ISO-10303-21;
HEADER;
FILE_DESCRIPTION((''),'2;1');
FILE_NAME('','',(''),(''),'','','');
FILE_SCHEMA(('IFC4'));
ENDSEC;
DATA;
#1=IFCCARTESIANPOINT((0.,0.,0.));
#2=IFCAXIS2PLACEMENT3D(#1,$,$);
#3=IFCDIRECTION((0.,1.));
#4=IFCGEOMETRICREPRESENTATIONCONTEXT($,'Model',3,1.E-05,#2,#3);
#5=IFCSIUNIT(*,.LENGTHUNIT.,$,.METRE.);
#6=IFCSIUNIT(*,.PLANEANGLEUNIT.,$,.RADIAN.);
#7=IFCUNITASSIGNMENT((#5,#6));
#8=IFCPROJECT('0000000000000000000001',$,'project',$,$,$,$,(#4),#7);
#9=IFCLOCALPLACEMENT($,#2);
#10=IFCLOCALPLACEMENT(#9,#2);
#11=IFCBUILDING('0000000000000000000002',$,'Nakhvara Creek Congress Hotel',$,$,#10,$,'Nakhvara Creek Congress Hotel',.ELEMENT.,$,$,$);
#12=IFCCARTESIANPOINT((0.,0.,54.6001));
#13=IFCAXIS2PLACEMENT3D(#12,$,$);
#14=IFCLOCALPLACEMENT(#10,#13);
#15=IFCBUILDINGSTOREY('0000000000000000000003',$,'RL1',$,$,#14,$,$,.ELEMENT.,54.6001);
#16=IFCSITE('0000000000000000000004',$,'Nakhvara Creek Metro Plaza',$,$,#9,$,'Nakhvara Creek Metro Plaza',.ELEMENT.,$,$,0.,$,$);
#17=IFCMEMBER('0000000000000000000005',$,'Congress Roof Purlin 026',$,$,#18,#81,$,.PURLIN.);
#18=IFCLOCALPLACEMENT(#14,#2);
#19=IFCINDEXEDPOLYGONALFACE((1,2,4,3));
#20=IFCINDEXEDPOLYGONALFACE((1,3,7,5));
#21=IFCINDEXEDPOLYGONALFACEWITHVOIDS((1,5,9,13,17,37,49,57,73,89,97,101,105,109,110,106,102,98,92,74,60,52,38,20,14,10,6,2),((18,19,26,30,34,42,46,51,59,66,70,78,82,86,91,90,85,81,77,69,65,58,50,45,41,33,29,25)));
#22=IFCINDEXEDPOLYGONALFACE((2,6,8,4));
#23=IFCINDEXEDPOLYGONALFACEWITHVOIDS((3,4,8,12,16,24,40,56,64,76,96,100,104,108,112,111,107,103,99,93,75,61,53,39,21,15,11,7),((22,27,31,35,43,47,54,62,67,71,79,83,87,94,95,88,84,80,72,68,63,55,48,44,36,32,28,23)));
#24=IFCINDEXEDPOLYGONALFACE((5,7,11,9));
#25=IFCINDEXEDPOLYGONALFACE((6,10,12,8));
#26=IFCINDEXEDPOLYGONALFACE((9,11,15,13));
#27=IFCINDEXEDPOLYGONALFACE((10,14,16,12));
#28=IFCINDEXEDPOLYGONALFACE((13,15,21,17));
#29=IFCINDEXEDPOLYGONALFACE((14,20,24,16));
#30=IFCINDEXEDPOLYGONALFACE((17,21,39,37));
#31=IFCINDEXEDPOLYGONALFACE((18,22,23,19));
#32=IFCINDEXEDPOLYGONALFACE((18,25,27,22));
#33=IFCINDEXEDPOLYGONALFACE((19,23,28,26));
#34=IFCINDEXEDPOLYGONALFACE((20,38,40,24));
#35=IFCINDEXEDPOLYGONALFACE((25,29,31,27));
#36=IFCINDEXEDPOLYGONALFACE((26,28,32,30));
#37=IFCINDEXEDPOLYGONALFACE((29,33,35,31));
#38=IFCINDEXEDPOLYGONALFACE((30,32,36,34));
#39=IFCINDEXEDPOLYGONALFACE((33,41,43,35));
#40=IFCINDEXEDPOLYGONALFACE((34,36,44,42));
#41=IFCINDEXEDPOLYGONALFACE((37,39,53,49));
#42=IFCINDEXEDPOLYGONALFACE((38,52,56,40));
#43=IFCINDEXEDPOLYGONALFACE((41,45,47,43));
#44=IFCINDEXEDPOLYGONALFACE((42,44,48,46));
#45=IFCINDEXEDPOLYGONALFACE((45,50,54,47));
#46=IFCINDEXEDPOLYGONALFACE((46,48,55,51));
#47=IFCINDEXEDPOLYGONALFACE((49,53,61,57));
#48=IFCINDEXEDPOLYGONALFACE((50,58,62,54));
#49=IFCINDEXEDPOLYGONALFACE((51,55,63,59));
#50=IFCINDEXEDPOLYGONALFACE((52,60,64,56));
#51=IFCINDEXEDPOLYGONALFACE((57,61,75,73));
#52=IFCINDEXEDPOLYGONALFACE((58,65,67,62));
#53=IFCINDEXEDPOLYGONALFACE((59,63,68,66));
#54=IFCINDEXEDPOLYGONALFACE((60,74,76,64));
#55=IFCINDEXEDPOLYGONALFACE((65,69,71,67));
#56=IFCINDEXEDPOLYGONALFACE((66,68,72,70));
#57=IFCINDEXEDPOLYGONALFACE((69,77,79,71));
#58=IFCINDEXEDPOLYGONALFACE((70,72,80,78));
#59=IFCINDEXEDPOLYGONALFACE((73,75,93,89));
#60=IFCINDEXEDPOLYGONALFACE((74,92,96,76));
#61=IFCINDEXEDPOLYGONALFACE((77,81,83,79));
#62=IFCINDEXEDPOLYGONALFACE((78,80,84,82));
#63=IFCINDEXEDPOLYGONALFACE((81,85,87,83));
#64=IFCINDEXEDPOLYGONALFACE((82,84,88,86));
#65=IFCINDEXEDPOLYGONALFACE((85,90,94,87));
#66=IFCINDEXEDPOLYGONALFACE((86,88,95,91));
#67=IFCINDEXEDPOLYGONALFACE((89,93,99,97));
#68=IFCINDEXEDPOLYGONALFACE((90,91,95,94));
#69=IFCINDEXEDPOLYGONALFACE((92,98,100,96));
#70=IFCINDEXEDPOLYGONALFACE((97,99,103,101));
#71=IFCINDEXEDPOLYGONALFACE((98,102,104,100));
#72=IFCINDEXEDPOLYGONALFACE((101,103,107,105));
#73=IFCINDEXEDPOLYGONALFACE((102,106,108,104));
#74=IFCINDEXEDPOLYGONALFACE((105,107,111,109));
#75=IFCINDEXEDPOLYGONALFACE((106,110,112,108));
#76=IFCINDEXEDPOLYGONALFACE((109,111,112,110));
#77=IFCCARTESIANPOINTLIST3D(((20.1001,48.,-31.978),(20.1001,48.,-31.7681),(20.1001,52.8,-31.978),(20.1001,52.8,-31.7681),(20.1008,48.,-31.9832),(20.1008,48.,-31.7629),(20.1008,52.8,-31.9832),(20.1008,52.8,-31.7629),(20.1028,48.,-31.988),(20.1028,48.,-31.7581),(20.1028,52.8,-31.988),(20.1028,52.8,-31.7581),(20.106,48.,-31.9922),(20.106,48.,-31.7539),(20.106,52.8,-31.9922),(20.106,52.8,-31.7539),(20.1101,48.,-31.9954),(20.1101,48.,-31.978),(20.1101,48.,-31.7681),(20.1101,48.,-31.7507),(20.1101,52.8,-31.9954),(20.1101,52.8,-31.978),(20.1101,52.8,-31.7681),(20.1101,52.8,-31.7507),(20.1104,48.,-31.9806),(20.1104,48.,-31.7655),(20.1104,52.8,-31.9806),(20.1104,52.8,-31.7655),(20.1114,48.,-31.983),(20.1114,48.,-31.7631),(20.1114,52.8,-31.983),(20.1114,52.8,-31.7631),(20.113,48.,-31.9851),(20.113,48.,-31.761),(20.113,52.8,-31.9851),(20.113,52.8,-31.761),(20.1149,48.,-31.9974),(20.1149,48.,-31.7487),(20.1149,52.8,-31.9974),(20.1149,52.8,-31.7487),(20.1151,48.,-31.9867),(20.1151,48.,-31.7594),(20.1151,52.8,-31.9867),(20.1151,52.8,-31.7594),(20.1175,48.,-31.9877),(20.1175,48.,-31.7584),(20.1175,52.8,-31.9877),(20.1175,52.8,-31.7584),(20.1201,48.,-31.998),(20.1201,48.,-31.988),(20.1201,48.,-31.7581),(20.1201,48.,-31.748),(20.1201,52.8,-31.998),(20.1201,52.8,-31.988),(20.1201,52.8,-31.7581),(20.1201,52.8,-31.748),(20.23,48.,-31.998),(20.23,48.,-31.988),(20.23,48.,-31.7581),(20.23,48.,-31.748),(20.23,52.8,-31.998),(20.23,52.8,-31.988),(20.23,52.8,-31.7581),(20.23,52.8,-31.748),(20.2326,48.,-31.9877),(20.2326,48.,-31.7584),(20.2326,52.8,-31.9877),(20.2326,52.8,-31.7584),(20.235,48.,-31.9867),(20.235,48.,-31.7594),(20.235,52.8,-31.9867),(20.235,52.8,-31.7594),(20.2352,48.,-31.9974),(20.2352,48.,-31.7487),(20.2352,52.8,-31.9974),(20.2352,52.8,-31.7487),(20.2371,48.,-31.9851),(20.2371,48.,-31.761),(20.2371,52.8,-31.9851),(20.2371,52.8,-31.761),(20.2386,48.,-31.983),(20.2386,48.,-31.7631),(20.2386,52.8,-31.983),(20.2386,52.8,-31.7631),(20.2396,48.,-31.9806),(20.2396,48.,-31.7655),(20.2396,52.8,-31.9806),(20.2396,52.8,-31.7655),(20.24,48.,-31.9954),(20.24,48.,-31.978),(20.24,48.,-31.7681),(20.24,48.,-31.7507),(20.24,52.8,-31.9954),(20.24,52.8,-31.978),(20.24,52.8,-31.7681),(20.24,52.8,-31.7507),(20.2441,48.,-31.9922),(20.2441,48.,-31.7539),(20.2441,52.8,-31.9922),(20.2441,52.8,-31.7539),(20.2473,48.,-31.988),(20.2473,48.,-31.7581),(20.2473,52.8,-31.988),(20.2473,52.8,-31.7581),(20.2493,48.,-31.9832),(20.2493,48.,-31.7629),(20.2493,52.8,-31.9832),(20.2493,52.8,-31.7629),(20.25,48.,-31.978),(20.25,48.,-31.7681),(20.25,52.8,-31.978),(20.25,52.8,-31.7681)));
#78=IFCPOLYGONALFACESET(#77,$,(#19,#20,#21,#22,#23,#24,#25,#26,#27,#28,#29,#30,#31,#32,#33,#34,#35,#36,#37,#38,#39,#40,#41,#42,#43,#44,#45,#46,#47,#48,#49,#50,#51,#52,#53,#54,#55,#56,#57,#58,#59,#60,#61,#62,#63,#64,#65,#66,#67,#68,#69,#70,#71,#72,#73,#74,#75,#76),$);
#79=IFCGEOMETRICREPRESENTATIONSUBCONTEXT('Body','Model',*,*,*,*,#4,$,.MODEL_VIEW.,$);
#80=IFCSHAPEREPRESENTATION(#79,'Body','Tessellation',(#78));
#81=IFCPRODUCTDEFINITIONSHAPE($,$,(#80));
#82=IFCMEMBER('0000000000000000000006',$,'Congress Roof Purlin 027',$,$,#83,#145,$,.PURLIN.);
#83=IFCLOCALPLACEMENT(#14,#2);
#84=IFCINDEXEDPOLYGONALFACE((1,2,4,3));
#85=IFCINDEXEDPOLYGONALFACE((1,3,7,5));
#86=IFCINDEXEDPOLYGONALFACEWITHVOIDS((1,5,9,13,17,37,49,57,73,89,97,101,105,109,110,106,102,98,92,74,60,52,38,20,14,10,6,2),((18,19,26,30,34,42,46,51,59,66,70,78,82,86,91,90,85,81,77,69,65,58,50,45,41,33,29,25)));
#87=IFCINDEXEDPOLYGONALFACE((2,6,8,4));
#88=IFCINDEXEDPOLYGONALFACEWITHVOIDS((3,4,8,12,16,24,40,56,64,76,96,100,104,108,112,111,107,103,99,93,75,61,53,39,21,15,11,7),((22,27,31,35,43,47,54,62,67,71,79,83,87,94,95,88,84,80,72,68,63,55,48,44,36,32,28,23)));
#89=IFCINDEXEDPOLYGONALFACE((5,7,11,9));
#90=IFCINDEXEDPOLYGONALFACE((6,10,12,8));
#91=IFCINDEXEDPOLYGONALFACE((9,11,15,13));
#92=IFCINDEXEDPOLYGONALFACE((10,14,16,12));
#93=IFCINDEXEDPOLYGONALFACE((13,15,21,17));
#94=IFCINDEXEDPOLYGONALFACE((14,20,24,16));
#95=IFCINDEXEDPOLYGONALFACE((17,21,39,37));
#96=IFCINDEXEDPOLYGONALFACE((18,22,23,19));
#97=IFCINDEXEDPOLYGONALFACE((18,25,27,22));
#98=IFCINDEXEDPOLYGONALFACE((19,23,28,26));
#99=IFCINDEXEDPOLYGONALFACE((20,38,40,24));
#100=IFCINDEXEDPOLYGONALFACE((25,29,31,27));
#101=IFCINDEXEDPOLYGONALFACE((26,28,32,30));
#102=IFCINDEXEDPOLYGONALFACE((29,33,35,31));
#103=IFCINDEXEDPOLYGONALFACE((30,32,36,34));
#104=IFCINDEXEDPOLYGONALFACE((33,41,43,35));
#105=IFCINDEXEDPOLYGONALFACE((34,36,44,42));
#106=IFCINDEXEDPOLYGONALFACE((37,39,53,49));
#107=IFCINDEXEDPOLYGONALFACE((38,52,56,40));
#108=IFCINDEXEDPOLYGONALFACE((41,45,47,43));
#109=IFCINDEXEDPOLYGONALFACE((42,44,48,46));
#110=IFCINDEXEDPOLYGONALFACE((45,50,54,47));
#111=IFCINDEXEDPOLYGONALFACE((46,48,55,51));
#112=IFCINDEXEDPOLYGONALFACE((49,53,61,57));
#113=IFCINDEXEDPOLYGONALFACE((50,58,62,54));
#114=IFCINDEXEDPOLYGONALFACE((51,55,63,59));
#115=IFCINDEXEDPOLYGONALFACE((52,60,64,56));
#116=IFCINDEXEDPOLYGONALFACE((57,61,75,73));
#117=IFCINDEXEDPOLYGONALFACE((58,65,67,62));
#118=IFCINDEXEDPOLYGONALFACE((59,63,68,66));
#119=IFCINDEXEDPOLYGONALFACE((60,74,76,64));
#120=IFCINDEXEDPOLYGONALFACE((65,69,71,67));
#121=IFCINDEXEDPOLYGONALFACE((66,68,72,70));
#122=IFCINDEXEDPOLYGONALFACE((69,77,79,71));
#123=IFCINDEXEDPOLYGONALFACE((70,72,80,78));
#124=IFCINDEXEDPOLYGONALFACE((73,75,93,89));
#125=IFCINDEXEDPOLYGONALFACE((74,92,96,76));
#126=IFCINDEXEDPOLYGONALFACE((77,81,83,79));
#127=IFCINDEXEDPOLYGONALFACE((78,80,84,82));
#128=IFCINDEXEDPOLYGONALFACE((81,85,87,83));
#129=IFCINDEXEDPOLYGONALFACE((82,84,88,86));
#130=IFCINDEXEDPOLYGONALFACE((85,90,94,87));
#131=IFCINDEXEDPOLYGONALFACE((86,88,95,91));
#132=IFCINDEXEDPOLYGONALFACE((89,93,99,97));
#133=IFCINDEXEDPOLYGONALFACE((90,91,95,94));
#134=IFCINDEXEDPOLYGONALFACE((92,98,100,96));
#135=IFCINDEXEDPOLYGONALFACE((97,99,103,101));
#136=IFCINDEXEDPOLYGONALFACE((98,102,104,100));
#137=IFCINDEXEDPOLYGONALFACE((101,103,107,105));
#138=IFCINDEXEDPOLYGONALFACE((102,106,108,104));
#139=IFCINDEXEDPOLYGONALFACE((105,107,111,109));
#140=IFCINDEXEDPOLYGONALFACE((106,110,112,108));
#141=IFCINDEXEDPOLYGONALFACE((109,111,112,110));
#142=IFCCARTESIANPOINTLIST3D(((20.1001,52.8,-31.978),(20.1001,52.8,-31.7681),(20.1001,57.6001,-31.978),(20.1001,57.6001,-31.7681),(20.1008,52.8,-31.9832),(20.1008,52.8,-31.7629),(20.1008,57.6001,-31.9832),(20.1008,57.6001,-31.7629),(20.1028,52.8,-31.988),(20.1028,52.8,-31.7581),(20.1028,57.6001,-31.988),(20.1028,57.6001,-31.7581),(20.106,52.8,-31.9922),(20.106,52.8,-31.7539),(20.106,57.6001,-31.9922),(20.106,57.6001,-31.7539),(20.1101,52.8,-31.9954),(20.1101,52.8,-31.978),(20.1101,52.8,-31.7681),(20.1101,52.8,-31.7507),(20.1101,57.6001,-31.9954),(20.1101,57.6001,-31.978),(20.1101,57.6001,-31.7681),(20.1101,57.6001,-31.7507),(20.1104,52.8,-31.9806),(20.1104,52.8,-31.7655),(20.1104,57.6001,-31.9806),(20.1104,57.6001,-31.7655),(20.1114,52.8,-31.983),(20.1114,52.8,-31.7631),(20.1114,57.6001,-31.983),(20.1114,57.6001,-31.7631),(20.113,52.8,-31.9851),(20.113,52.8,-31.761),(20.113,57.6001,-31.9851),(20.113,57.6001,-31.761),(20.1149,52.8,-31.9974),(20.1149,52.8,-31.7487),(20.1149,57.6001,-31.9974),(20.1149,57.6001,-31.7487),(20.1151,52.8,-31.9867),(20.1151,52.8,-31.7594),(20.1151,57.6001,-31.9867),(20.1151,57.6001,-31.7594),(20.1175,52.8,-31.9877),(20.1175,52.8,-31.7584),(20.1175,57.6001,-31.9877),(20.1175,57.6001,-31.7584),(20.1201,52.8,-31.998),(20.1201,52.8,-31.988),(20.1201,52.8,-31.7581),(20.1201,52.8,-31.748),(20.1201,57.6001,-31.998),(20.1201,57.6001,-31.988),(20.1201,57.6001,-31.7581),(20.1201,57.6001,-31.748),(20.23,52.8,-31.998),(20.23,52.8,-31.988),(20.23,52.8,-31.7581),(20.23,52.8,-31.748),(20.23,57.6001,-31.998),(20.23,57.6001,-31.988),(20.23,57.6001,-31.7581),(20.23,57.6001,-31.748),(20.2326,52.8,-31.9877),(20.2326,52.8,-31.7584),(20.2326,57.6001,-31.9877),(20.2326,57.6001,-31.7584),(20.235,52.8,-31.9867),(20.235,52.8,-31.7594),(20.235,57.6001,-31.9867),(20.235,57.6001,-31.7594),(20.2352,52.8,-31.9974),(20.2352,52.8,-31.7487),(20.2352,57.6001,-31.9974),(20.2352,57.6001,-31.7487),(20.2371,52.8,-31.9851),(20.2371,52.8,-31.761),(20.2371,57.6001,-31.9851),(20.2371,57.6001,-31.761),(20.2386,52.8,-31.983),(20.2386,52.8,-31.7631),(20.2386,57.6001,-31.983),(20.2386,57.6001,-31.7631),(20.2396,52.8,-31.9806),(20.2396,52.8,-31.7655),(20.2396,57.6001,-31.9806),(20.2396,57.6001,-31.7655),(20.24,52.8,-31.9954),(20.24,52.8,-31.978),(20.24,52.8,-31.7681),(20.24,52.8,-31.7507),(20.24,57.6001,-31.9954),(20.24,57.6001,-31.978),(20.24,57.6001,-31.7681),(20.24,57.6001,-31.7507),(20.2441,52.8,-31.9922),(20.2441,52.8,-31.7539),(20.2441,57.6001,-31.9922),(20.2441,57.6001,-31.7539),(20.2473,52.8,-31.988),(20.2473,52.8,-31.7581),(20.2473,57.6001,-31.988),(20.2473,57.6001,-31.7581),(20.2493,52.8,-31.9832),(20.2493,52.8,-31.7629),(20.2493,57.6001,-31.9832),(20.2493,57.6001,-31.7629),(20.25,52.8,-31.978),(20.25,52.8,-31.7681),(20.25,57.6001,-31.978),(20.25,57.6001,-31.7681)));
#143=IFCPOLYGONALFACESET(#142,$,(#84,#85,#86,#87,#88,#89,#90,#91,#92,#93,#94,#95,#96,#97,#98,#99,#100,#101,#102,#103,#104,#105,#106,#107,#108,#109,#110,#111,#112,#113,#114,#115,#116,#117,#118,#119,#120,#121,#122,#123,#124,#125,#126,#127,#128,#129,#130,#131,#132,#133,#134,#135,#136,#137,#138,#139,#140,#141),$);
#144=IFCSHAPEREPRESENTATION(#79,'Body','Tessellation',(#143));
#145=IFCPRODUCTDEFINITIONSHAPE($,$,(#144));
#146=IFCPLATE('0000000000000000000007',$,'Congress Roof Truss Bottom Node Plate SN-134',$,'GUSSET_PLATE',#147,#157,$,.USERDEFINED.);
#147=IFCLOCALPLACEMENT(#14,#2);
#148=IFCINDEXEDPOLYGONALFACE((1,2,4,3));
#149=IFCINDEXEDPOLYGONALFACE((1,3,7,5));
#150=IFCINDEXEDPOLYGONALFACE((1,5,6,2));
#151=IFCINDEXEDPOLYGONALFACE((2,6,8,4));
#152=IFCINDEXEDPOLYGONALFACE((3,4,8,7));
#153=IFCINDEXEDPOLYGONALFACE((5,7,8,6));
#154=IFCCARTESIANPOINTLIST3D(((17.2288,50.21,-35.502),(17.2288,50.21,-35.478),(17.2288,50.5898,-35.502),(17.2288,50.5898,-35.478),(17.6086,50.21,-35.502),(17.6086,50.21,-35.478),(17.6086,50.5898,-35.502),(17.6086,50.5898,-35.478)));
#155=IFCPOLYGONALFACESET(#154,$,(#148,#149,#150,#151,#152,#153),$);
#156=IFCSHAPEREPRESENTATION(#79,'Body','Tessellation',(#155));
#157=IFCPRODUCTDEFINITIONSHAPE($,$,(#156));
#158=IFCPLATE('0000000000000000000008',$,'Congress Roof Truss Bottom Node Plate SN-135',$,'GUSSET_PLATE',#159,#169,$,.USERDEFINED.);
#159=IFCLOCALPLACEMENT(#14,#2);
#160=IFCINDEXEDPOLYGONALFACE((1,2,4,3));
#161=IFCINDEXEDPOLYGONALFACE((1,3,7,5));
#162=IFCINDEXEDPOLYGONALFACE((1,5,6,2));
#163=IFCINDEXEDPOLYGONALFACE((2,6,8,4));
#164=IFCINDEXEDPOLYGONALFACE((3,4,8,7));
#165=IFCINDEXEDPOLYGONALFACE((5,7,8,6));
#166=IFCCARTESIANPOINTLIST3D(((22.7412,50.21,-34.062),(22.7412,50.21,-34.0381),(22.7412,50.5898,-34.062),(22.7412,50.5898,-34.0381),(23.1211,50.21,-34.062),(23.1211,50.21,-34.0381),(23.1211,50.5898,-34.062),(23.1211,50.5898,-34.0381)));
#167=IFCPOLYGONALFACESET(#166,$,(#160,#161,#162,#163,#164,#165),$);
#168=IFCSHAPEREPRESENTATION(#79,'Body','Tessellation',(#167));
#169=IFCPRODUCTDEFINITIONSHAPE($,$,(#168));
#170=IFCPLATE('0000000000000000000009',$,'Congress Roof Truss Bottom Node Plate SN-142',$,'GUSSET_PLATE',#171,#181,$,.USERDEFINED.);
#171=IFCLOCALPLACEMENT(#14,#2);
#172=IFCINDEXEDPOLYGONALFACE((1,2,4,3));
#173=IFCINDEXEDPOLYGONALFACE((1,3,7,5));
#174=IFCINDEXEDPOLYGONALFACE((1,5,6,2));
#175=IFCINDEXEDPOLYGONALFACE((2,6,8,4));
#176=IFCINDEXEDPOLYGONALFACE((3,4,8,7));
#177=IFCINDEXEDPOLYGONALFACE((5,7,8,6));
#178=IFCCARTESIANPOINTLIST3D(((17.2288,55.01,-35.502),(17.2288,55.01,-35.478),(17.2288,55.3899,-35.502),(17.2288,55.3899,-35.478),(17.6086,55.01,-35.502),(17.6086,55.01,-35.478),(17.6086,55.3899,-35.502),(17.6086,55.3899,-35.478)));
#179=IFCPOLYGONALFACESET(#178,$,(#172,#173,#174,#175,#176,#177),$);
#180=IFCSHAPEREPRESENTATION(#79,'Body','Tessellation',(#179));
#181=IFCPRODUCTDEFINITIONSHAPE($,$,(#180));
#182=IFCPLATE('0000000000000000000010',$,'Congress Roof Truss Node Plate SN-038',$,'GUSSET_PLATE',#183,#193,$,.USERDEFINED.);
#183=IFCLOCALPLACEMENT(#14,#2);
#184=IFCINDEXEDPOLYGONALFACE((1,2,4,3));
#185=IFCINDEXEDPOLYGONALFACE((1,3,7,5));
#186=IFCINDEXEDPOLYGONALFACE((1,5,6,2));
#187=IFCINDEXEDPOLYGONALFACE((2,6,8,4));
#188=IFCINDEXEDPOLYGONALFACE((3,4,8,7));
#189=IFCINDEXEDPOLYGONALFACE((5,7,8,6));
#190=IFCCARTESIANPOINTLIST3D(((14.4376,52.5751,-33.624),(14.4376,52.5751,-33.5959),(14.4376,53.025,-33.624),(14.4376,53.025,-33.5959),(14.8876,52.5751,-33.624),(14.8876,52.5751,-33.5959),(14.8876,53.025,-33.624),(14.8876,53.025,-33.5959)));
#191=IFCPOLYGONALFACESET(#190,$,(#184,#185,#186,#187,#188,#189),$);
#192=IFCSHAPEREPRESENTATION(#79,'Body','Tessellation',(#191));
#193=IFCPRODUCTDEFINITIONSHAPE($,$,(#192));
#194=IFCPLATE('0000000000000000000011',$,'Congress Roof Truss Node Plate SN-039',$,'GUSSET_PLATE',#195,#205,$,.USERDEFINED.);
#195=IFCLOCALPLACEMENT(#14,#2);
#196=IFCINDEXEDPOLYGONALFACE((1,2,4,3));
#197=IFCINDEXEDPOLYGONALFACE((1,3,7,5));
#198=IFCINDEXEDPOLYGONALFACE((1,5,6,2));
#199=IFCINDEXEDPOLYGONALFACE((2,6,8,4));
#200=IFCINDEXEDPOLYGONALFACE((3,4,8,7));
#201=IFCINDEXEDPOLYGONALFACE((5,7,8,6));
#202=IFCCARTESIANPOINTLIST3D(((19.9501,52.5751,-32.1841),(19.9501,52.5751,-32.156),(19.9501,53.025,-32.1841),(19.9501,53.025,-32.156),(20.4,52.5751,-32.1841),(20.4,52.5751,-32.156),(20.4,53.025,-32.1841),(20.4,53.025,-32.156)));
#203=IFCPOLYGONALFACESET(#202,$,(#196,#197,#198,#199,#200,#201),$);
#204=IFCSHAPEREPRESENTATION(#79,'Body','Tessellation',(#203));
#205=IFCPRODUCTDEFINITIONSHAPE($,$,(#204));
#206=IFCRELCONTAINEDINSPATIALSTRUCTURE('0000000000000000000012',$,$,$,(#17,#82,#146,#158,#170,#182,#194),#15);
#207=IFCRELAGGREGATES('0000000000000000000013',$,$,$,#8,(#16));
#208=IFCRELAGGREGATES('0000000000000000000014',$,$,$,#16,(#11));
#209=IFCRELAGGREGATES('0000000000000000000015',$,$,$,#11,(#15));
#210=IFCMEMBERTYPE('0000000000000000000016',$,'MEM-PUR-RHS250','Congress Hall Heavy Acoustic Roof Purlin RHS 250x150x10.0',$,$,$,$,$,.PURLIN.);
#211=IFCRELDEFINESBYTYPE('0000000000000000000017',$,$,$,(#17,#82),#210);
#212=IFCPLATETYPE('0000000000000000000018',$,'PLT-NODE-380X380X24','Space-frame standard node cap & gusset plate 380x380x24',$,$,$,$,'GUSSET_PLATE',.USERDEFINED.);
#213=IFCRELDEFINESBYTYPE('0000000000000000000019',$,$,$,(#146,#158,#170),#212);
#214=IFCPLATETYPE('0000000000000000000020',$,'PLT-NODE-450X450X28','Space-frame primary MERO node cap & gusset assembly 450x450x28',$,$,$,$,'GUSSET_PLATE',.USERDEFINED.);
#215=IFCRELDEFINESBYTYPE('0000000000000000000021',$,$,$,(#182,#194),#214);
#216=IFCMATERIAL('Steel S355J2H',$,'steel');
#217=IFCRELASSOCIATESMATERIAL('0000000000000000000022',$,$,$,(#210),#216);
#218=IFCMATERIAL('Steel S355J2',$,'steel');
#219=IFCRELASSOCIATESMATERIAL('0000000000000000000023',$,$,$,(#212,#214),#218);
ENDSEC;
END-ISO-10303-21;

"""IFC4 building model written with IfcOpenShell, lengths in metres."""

from ifc_helpers import new_model, si_unit, direction, frame, origin, origin_2d, place, context, subcontext, project, spatial, rectangle, hollow_rectangle, extrude, material, material_profile, profile_set, type_object, element, save


model = new_model("IFC4")

# Units and contexts
model_context = context("Model", 3, precision=1e-05, world=origin(), true_north=direction((0.0, 1.0)))
body_context = subcontext(model_context, "Body", "Model", "MODEL_VIEW")
ifc_project = project(units=[si_unit("LENGTHUNIT", "METRE"), si_unit("PLANEANGLEUNIT", "RADIAN")], contexts=[model_context])

# Site, building, storey
site_placement = place(None, origin())
site = spatial("IfcSite", under=ifc_project, at=site_placement, Name="Nakhvara Creek Metro Plaza", LongName="Nakhvara Creek Metro Plaza", CompositionType="ELEMENT", RefElevation=0.0)
building_placement = place(site_placement, origin())
building = spatial("IfcBuilding", under=site, at=building_placement, Name="Nakhvara Creek Congress Hotel", LongName="Nakhvara Creek Congress Hotel", CompositionType="ELEMENT")
storey_placement = place(building_placement, frame((0.0, 0.0, 54.6001)))
storey = spatial("IfcBuildingStorey", under=building, at=storey_placement, Name="RL1", CompositionType="ELEMENT", Elevation=54.6001)

# Members
ifc_material_1 = material(Name="Steel S355J2H", Category="steel")
ifc_material_profile_1 = material_profile(ifc_material_1, hollow_rectangle(XDim=0.1499, YDim=0.25, WallThickness=0.01, InnerFilletRadius=0.01, OuterFilletRadius=0.02, at=origin_2d()), Name="RHS 250x150x10.0", Category="LoadBearing")
ifc_profile_set_1 = profile_set([ifc_material_profile_1], Name="Steel S355J2H")
member_type_1 = type_object("IfcMemberType", Name="MEM-PUR-RHS250", Description="Congress Hall Heavy Acoustic Roof Purlin RHS 250x150x10.0", PredefinedType="PURLIN", material=ifc_profile_set_1)
for number, where, z_axis, x_axis, name in (
    (1, (20.175, 48.0, -31.873), (0.0, 1.0, 0.0), (-1.0, 0.0, 0.0), "Congress Roof Purlin 026"),
    (2, (20.175, 52.8, -31.873), (0.0, 1.0, 0.0), (-1.0, 0.0, 0.0), "Congress Roof Purlin 027"),
):
    element("IfcMember", number, at=place(storey_placement, frame(where, z_axis=z_axis, x_axis=x_axis)), inside=storey, type_object=member_type_1, Name=name, PredefinedType="PURLIN", context=body_context, shape_type="SweptSolid", body=[
        extrude(hollow_rectangle(XDim=0.1499, YDim=0.25, WallThickness=0.01, InnerFilletRadius=0.01, OuterFilletRadius=0.02, at=origin_2d()), origin(), (0.0, 0.0, 1.0), 4.8),
    ])

# Plates
ifc_material_2 = material(Name="Steel S355J2", Category="steel")
plate_type_1 = type_object("IfcPlateType", Name="PLT-NODE-380X380X24", Description="Space-frame standard node cap & gusset plate 380x380x24", ElementType="GUSSET_PLATE", PredefinedType="USERDEFINED", material=ifc_material_2)
for number, where, z_axis, x_axis, name in (
    (3, (17.4187, 50.3999, -35.502), (0.0, 0.0, 1.0), (1.0, 0.0, 0.0), "Congress Roof Truss Bottom Node Plate SN-134"),
    (4, (22.9312, 50.3999, -34.062), (0.0, 0.0, 1.0), (1.0, 0.0, 0.0), "Congress Roof Truss Bottom Node Plate SN-135"),
    (5, (17.4187, 55.2, -35.502), (0.0, 0.0, 1.0), (1.0, 0.0, 0.0), "Congress Roof Truss Bottom Node Plate SN-142"),
):
    element("IfcPlate", number, at=place(storey_placement, frame(where, z_axis=z_axis, x_axis=x_axis)), inside=storey, type_object=plate_type_1, Name=name, ObjectType="GUSSET_PLATE", PredefinedType="USERDEFINED", context=body_context, shape_type="SweptSolid", body=[
        extrude(rectangle(XDim=0.3799, YDim=0.3799, at=origin_2d()), origin(), (0.0, 0.0, 1.0), 0.0239),
    ])
plate_type_2 = type_object("IfcPlateType", Name="PLT-NODE-450X450X28", Description="Space-frame primary MERO node cap & gusset assembly 450x450x28", ElementType="GUSSET_PLATE", PredefinedType="USERDEFINED", material=ifc_material_2)
for number, where, z_axis, x_axis, name in (
    (6, (14.6626, 52.8, -33.624), (0.0, 0.0, 1.0), (1.0, 0.0, 0.0), "Congress Roof Truss Node Plate SN-038"),
    (7, (20.175, 52.8, -32.1841), (0.0, 0.0, 1.0), (1.0, 0.0, 0.0), "Congress Roof Truss Node Plate SN-039"),
):
    element("IfcPlate", number, at=place(storey_placement, frame(where, z_axis=z_axis, x_axis=x_axis)), inside=storey, type_object=plate_type_2, Name=name, ObjectType="GUSSET_PLATE", PredefinedType="USERDEFINED", context=body_context, shape_type="SweptSolid", body=[
        extrude(rectangle(XDim=0.45, YDim=0.45, at=origin_2d()), origin(), (0.0, 0.0, 1.0), 0.0281),
    ])

save(model, "model.ifc")
